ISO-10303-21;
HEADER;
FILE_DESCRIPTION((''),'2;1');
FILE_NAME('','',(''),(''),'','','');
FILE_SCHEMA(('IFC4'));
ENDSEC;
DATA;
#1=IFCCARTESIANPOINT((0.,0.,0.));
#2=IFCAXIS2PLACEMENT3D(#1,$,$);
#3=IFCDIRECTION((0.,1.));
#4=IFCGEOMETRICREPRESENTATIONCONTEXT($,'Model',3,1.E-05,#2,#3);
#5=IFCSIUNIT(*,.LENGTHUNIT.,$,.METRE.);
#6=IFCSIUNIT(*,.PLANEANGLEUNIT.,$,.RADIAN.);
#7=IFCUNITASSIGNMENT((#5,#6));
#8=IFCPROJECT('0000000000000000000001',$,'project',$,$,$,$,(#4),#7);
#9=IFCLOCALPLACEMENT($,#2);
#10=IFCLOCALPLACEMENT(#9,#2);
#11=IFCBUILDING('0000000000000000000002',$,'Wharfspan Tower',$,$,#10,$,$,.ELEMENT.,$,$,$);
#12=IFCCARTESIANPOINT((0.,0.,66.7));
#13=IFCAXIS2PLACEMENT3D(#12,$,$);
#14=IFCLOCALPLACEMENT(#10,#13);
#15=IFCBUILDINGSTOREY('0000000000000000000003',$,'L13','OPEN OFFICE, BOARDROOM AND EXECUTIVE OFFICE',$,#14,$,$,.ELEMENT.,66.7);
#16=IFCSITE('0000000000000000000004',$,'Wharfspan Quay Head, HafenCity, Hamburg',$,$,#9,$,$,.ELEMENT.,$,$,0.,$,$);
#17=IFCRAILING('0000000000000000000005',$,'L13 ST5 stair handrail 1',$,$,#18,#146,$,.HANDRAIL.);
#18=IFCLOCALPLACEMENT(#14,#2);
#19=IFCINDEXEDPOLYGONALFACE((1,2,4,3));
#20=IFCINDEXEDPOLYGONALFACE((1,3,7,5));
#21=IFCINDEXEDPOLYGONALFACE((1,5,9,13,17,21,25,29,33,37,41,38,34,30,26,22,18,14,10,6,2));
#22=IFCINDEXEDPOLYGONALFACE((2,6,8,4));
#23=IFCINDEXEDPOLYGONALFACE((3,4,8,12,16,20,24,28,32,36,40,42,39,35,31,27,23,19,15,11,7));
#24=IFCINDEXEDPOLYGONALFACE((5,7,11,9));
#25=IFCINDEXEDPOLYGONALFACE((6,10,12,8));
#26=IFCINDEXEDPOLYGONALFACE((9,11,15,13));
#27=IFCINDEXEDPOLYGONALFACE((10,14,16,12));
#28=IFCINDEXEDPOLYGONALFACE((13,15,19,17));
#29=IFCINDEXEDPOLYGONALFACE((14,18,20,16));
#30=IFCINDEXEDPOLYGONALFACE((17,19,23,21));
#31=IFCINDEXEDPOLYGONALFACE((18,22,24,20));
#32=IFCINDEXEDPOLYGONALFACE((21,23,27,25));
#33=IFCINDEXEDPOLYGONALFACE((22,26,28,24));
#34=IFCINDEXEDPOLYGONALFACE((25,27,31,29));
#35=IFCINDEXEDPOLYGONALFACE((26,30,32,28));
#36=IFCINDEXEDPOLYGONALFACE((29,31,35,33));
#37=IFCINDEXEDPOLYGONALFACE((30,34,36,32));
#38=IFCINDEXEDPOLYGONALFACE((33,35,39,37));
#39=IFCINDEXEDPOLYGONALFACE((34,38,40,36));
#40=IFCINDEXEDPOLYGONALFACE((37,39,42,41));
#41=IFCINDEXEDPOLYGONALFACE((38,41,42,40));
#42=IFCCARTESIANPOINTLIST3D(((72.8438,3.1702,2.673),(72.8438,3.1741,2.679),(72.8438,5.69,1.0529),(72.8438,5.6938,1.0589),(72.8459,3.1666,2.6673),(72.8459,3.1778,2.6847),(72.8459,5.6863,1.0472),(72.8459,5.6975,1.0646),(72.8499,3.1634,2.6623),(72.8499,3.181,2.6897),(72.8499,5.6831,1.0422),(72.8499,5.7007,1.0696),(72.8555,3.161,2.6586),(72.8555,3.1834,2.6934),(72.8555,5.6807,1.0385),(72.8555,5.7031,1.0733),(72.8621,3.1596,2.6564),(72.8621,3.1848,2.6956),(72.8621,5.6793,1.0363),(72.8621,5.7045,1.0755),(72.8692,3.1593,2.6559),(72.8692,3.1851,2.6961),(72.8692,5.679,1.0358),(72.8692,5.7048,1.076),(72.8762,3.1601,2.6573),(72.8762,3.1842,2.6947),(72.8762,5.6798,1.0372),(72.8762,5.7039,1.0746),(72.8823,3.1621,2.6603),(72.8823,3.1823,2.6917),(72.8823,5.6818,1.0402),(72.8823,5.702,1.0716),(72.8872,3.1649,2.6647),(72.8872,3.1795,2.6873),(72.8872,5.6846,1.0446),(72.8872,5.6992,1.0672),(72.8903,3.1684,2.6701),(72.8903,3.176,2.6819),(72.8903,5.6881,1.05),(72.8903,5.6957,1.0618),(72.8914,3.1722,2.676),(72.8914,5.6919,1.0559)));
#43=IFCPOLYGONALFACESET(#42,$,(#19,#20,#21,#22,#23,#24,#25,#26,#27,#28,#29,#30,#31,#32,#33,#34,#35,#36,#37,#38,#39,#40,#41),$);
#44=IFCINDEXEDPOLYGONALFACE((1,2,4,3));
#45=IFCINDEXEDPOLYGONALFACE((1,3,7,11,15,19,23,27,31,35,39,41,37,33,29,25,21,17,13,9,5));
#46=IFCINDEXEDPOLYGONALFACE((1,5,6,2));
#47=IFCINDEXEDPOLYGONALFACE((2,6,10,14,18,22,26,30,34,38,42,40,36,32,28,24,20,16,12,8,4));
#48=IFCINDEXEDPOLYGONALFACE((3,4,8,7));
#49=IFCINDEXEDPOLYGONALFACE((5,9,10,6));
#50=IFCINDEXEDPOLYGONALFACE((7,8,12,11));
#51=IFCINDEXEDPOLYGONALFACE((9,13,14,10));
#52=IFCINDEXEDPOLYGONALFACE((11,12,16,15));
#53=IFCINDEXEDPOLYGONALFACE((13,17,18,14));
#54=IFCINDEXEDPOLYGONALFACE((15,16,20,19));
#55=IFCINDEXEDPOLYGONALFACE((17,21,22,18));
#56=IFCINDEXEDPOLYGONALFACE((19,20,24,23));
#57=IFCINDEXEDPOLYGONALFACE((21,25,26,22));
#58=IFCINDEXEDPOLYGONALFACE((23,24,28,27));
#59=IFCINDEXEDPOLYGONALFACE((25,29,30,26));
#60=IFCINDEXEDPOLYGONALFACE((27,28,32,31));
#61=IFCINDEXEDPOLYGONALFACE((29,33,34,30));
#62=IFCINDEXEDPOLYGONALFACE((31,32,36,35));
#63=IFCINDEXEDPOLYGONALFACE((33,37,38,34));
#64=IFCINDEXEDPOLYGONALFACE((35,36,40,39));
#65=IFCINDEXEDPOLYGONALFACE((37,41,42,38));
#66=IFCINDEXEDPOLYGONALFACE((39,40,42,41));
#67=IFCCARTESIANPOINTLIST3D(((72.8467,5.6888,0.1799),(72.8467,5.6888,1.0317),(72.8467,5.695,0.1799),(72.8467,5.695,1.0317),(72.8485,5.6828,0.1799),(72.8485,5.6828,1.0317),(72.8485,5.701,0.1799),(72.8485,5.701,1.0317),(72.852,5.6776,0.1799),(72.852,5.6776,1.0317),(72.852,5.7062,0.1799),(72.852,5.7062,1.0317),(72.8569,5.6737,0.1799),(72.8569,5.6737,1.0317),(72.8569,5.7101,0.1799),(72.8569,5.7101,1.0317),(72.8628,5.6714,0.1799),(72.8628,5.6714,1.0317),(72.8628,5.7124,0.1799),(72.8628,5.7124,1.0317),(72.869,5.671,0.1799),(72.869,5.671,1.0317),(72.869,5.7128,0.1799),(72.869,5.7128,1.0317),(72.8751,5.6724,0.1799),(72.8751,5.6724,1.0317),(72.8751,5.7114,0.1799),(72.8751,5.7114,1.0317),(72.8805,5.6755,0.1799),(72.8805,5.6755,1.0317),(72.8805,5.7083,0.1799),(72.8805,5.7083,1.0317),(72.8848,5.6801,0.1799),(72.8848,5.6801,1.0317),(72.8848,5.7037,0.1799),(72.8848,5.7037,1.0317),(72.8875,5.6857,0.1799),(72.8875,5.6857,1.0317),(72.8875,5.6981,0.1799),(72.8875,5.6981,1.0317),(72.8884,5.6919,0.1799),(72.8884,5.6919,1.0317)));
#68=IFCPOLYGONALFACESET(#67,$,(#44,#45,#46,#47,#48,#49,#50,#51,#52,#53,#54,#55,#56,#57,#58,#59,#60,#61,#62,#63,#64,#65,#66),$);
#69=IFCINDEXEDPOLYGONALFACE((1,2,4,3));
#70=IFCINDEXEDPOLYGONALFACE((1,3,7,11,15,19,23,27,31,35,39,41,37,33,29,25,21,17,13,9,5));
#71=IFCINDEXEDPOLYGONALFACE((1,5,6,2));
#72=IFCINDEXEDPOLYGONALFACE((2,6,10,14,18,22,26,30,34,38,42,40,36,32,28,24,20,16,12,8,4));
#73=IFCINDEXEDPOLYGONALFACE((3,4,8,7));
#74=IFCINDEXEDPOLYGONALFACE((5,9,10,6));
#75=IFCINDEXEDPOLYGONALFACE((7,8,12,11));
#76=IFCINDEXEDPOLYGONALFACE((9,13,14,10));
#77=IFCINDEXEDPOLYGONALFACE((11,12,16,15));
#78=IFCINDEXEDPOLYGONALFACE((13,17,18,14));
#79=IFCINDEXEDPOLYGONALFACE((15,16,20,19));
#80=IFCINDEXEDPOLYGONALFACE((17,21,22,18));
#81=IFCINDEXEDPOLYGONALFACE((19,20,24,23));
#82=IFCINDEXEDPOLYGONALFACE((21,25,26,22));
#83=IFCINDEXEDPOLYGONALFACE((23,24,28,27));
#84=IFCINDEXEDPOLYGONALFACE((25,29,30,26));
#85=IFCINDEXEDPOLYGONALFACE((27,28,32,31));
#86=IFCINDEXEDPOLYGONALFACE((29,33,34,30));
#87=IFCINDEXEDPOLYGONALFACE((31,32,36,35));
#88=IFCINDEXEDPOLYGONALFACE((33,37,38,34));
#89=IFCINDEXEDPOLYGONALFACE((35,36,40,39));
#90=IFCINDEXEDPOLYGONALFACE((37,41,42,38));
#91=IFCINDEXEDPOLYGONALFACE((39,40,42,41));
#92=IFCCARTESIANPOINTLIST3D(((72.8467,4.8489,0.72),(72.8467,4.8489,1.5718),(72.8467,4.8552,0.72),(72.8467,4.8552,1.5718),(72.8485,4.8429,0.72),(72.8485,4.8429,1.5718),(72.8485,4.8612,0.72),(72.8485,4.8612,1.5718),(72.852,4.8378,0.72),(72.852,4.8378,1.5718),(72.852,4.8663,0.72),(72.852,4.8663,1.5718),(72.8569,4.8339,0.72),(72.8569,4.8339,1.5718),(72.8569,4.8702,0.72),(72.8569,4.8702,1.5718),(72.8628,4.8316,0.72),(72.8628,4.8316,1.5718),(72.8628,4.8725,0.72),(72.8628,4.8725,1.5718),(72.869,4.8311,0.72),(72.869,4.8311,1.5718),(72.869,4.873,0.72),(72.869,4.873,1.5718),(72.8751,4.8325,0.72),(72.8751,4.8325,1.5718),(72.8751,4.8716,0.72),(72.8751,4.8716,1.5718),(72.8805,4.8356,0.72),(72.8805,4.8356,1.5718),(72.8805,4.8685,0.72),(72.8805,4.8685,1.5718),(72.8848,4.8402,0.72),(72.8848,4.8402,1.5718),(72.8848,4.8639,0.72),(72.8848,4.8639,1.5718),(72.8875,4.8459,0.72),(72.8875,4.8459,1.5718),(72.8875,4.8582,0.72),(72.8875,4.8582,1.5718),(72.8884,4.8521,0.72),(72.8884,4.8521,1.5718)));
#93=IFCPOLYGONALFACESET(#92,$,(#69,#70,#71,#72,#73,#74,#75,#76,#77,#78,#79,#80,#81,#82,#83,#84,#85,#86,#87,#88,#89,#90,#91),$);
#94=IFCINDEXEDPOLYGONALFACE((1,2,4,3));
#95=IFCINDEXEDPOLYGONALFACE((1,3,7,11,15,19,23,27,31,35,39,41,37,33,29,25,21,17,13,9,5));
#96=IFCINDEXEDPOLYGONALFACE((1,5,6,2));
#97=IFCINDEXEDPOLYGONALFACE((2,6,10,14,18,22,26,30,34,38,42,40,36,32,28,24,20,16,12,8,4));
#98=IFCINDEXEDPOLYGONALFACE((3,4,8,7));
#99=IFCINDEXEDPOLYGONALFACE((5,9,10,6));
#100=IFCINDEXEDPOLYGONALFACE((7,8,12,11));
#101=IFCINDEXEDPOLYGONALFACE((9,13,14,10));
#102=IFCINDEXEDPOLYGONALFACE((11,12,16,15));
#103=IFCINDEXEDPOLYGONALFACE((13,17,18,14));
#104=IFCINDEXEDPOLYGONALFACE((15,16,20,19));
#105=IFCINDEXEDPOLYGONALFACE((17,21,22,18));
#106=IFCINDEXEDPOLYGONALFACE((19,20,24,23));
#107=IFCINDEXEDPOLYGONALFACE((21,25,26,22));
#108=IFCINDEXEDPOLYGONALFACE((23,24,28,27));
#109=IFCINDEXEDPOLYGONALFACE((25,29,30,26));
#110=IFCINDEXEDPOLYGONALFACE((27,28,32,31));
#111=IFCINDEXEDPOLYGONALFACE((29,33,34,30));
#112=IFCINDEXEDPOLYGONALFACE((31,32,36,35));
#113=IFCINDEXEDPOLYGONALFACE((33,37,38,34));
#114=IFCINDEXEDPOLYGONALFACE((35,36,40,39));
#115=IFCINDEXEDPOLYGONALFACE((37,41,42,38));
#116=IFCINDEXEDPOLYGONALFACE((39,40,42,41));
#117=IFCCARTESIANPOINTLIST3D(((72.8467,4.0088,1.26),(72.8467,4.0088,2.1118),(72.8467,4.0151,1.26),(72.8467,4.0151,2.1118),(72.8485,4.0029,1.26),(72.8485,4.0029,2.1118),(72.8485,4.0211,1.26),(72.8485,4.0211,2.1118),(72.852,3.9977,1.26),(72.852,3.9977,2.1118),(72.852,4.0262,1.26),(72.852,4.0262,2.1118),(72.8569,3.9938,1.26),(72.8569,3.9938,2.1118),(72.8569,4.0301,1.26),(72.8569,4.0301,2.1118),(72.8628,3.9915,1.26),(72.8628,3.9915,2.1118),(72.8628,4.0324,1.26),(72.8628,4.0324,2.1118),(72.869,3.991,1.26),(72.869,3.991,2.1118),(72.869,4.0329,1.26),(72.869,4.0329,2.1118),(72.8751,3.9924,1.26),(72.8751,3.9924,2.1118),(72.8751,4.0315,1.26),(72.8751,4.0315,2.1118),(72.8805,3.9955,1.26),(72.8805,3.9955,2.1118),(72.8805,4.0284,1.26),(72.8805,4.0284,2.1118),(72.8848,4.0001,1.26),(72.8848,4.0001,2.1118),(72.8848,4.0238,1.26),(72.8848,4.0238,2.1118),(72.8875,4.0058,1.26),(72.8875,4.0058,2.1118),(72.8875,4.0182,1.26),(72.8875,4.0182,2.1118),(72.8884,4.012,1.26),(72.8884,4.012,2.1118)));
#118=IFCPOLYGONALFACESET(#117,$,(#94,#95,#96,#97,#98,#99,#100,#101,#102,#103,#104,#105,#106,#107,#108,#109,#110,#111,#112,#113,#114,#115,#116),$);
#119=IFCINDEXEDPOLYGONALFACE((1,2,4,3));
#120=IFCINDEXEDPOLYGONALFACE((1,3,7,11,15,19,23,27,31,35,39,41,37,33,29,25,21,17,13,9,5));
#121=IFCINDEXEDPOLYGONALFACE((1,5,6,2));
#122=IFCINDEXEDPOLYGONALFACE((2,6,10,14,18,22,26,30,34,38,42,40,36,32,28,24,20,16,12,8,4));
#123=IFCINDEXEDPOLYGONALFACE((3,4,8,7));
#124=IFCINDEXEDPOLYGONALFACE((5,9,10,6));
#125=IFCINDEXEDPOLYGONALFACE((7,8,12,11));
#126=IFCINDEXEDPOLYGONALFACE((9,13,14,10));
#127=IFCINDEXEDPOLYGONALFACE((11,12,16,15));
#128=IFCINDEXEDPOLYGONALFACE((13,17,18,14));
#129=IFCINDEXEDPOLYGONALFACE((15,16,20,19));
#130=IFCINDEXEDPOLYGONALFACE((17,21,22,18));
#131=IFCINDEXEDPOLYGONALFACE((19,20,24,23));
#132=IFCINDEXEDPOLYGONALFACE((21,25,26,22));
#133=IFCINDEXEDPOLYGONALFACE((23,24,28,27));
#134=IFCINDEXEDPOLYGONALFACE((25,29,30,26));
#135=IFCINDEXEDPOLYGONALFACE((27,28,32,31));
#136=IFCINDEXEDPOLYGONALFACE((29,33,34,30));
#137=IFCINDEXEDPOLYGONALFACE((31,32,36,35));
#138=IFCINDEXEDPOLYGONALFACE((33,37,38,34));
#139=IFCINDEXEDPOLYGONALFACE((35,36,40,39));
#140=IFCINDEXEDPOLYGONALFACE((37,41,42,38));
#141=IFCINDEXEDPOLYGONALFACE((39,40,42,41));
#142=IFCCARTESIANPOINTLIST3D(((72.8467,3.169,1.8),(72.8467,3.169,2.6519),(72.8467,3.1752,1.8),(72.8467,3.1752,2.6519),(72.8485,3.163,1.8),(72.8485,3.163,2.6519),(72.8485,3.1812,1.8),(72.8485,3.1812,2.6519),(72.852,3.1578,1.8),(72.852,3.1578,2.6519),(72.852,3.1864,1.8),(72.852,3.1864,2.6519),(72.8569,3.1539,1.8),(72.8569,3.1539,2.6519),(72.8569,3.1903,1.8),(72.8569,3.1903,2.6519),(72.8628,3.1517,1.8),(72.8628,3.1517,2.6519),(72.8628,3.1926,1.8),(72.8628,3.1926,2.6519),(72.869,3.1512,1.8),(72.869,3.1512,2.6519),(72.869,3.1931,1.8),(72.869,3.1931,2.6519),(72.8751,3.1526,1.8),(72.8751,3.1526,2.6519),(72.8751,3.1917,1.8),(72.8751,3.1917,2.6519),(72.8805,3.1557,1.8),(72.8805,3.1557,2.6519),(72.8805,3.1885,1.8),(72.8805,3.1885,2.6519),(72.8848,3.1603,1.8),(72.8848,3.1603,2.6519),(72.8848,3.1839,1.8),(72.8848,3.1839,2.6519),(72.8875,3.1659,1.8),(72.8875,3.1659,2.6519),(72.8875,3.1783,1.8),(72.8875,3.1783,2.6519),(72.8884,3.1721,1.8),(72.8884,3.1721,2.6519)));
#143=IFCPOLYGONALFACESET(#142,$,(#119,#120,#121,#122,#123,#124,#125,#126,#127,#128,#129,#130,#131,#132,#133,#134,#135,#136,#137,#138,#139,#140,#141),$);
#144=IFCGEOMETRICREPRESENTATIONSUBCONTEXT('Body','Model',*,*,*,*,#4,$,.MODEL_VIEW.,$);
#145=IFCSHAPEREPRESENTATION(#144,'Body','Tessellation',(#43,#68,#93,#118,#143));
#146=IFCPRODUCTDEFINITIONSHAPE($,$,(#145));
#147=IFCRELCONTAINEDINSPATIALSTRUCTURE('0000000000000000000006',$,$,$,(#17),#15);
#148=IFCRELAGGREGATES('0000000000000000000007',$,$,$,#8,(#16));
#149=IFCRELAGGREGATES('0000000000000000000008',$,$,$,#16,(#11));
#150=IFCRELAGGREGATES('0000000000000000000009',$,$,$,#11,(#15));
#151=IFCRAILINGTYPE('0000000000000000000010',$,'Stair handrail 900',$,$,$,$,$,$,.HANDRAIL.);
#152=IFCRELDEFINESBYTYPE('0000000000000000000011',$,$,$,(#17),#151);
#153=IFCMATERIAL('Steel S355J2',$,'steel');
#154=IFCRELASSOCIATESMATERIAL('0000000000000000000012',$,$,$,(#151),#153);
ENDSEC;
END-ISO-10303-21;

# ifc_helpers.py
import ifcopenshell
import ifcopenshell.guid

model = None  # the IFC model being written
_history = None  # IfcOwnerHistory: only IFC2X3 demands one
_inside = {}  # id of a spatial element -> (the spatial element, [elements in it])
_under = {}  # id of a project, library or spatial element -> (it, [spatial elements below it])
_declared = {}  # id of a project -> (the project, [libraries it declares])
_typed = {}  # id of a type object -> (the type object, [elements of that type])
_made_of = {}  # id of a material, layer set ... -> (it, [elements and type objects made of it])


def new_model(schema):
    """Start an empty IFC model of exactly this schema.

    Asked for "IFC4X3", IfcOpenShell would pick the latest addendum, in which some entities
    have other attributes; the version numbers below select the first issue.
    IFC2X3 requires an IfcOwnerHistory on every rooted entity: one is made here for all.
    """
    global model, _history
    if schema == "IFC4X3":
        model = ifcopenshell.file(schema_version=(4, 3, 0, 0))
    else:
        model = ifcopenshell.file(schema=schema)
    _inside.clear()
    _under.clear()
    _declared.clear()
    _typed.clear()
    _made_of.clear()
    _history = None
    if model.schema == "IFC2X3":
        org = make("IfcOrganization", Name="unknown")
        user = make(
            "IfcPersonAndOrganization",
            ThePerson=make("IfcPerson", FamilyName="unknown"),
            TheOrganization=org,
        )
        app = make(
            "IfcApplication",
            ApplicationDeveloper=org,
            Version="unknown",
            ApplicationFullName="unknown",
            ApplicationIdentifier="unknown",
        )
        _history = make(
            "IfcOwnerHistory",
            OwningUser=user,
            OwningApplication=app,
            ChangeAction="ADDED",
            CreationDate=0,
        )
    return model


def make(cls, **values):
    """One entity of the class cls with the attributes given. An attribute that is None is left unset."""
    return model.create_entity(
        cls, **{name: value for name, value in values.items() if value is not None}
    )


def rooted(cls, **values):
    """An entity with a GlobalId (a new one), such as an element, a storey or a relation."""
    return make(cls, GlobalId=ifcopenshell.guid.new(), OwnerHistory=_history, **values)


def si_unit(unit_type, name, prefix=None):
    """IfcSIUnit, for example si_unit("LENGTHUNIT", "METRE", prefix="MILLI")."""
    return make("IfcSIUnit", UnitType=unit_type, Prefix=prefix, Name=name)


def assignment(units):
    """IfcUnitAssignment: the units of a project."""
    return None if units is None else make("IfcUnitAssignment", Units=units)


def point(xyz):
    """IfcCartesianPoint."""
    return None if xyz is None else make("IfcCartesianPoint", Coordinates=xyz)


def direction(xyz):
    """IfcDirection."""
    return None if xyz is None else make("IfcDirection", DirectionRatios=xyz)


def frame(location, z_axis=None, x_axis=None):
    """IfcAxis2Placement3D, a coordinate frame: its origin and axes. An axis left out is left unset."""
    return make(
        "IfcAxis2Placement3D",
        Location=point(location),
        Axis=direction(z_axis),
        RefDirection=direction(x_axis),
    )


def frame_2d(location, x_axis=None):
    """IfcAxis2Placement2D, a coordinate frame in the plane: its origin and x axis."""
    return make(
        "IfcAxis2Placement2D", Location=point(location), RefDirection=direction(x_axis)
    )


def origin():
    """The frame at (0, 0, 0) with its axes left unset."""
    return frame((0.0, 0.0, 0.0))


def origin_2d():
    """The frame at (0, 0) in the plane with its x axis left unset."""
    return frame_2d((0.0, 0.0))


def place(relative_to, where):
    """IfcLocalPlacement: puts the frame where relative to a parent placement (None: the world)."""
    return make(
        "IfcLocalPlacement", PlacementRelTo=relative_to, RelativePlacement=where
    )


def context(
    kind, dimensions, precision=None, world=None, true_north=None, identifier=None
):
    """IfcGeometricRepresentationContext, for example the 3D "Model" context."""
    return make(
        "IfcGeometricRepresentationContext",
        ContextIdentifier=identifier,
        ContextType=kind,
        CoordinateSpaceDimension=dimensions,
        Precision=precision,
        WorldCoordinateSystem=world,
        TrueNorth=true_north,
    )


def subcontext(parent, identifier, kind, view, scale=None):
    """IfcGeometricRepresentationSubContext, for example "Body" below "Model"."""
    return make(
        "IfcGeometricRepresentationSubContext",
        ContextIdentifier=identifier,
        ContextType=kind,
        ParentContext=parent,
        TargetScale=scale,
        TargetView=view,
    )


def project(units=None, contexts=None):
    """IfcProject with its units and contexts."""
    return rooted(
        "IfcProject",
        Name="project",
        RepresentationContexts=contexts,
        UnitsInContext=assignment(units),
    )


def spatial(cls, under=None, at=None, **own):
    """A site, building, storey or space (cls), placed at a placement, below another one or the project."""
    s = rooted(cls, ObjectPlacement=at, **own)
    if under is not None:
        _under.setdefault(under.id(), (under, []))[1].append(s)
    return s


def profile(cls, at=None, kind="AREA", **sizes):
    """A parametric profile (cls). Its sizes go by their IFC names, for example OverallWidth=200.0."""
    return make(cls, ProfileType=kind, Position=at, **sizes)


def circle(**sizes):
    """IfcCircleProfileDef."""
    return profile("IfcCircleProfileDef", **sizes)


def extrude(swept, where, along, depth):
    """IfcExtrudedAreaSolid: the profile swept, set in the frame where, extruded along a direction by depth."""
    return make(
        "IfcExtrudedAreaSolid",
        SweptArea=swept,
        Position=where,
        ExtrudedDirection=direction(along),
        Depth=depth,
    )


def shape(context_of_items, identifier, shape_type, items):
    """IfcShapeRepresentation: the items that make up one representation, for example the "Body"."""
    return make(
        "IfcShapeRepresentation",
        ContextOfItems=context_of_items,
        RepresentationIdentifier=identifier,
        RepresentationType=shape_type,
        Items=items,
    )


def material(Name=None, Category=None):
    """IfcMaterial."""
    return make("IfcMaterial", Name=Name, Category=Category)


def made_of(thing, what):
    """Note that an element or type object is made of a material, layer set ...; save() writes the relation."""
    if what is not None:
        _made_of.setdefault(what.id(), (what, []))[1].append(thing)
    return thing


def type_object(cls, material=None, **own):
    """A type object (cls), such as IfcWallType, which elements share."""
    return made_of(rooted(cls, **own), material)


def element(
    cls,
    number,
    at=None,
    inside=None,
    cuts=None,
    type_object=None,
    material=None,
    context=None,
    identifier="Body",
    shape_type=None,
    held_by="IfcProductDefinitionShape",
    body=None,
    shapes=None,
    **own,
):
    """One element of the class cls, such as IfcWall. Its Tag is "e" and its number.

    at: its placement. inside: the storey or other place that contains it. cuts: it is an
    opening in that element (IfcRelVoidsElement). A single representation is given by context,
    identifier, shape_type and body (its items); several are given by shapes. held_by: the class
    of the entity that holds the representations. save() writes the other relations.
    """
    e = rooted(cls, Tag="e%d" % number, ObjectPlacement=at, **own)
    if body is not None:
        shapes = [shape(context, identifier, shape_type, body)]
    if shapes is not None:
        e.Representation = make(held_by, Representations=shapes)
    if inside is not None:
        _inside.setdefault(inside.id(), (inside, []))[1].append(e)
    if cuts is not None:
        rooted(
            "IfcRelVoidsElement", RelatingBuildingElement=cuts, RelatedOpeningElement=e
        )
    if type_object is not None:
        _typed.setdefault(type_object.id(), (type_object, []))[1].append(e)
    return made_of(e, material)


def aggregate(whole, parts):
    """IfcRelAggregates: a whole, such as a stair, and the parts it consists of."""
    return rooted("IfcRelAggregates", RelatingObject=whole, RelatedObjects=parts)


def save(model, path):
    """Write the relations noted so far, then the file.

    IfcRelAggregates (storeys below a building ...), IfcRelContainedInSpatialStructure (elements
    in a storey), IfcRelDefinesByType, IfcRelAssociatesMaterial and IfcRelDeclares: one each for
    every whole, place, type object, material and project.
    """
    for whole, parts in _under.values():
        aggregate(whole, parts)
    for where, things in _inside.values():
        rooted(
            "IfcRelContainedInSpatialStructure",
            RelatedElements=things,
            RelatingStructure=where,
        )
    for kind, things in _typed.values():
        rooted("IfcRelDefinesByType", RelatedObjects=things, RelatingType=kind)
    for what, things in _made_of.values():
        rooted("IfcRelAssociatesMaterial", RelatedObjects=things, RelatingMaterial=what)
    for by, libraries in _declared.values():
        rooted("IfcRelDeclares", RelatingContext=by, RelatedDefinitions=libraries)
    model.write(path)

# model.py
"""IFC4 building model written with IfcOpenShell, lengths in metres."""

from ifc_helpers import new_model, si_unit, direction, frame, origin, origin_2d, place, context, subcontext, project, spatial, circle, extrude, material, type_object, element, save


model = new_model("IFC4")

# Units and contexts
model_context = context("Model", 3, precision=1e-05, world=origin(), true_north=direction((0.0, 1.0)))
body_context = subcontext(model_context, "Body", "Model", "MODEL_VIEW")
ifc_project = project(units=[si_unit("LENGTHUNIT", "METRE"), si_unit("PLANEANGLEUNIT", "RADIAN")], contexts=[model_context])

# Site, building, storey
site_placement = place(None, origin())
site = spatial("IfcSite", under=ifc_project, at=site_placement, Name="Wharfspan Quay Head, HafenCity, Hamburg", CompositionType="ELEMENT", RefElevation=0.0)
building_placement = place(site_placement, origin())
building = spatial("IfcBuilding", under=site, at=building_placement, Name="Wharfspan Tower", CompositionType="ELEMENT")
storey_placement = place(building_placement, frame((0.0, 0.0, 66.7)))
storey = spatial("IfcBuildingStorey", under=building, at=storey_placement, Name="L13", Description="OPEN OFFICE, BOARDROOM AND EXECUTIVE OFFICE", CompositionType="ELEMENT", Elevation=66.7)

# Shared definitions
ifc_material_1 = material(Name="Steel S355J2", Category="steel")

# Railing
railing_type_1 = type_object("IfcRailingType", Name="Stair handrail 900", PredefinedType="HANDRAIL", material=ifc_material_1)
railing_1_placement = place(storey_placement, frame((72.8674, 5.6919, 0.1799)))
element("IfcRailing", 1, at=railing_1_placement, inside=storey, type_object=railing_type_1, Name="L13 ST5 stair handrail 1", PredefinedType="HANDRAIL", context=body_context, shape_type="SweptSolid", body=[
    extrude(circle(Radius=0.0239, at=origin_2d()), frame((0.0, 0.0, 0.876), z_axis=(0.0, -0.841139, 0.540819), x_axis=(1.0, 0.0, 0.0)), (0.0, 0.0, 1.0), 2.9956),
    extrude(circle(Radius=0.021, at=origin_2d()), origin(), (0.0, 0.0, 1.0), 0.8518),
    extrude(circle(Radius=0.021, at=origin_2d()), frame((0.0, -0.8398, 0.54)), (0.0, 0.0, 1.0), 0.8518),
    extrude(circle(Radius=0.021, at=origin_2d()), frame((0.0, -1.6799, 1.0801)), (0.0, 0.0, 1.0), 0.8518),
    extrude(circle(Radius=0.021, at=origin_2d()), frame((0.0, -2.5198, 1.6201)), (0.0, 0.0, 1.0), 0.8518),
])

save(model, "model.ifc")
